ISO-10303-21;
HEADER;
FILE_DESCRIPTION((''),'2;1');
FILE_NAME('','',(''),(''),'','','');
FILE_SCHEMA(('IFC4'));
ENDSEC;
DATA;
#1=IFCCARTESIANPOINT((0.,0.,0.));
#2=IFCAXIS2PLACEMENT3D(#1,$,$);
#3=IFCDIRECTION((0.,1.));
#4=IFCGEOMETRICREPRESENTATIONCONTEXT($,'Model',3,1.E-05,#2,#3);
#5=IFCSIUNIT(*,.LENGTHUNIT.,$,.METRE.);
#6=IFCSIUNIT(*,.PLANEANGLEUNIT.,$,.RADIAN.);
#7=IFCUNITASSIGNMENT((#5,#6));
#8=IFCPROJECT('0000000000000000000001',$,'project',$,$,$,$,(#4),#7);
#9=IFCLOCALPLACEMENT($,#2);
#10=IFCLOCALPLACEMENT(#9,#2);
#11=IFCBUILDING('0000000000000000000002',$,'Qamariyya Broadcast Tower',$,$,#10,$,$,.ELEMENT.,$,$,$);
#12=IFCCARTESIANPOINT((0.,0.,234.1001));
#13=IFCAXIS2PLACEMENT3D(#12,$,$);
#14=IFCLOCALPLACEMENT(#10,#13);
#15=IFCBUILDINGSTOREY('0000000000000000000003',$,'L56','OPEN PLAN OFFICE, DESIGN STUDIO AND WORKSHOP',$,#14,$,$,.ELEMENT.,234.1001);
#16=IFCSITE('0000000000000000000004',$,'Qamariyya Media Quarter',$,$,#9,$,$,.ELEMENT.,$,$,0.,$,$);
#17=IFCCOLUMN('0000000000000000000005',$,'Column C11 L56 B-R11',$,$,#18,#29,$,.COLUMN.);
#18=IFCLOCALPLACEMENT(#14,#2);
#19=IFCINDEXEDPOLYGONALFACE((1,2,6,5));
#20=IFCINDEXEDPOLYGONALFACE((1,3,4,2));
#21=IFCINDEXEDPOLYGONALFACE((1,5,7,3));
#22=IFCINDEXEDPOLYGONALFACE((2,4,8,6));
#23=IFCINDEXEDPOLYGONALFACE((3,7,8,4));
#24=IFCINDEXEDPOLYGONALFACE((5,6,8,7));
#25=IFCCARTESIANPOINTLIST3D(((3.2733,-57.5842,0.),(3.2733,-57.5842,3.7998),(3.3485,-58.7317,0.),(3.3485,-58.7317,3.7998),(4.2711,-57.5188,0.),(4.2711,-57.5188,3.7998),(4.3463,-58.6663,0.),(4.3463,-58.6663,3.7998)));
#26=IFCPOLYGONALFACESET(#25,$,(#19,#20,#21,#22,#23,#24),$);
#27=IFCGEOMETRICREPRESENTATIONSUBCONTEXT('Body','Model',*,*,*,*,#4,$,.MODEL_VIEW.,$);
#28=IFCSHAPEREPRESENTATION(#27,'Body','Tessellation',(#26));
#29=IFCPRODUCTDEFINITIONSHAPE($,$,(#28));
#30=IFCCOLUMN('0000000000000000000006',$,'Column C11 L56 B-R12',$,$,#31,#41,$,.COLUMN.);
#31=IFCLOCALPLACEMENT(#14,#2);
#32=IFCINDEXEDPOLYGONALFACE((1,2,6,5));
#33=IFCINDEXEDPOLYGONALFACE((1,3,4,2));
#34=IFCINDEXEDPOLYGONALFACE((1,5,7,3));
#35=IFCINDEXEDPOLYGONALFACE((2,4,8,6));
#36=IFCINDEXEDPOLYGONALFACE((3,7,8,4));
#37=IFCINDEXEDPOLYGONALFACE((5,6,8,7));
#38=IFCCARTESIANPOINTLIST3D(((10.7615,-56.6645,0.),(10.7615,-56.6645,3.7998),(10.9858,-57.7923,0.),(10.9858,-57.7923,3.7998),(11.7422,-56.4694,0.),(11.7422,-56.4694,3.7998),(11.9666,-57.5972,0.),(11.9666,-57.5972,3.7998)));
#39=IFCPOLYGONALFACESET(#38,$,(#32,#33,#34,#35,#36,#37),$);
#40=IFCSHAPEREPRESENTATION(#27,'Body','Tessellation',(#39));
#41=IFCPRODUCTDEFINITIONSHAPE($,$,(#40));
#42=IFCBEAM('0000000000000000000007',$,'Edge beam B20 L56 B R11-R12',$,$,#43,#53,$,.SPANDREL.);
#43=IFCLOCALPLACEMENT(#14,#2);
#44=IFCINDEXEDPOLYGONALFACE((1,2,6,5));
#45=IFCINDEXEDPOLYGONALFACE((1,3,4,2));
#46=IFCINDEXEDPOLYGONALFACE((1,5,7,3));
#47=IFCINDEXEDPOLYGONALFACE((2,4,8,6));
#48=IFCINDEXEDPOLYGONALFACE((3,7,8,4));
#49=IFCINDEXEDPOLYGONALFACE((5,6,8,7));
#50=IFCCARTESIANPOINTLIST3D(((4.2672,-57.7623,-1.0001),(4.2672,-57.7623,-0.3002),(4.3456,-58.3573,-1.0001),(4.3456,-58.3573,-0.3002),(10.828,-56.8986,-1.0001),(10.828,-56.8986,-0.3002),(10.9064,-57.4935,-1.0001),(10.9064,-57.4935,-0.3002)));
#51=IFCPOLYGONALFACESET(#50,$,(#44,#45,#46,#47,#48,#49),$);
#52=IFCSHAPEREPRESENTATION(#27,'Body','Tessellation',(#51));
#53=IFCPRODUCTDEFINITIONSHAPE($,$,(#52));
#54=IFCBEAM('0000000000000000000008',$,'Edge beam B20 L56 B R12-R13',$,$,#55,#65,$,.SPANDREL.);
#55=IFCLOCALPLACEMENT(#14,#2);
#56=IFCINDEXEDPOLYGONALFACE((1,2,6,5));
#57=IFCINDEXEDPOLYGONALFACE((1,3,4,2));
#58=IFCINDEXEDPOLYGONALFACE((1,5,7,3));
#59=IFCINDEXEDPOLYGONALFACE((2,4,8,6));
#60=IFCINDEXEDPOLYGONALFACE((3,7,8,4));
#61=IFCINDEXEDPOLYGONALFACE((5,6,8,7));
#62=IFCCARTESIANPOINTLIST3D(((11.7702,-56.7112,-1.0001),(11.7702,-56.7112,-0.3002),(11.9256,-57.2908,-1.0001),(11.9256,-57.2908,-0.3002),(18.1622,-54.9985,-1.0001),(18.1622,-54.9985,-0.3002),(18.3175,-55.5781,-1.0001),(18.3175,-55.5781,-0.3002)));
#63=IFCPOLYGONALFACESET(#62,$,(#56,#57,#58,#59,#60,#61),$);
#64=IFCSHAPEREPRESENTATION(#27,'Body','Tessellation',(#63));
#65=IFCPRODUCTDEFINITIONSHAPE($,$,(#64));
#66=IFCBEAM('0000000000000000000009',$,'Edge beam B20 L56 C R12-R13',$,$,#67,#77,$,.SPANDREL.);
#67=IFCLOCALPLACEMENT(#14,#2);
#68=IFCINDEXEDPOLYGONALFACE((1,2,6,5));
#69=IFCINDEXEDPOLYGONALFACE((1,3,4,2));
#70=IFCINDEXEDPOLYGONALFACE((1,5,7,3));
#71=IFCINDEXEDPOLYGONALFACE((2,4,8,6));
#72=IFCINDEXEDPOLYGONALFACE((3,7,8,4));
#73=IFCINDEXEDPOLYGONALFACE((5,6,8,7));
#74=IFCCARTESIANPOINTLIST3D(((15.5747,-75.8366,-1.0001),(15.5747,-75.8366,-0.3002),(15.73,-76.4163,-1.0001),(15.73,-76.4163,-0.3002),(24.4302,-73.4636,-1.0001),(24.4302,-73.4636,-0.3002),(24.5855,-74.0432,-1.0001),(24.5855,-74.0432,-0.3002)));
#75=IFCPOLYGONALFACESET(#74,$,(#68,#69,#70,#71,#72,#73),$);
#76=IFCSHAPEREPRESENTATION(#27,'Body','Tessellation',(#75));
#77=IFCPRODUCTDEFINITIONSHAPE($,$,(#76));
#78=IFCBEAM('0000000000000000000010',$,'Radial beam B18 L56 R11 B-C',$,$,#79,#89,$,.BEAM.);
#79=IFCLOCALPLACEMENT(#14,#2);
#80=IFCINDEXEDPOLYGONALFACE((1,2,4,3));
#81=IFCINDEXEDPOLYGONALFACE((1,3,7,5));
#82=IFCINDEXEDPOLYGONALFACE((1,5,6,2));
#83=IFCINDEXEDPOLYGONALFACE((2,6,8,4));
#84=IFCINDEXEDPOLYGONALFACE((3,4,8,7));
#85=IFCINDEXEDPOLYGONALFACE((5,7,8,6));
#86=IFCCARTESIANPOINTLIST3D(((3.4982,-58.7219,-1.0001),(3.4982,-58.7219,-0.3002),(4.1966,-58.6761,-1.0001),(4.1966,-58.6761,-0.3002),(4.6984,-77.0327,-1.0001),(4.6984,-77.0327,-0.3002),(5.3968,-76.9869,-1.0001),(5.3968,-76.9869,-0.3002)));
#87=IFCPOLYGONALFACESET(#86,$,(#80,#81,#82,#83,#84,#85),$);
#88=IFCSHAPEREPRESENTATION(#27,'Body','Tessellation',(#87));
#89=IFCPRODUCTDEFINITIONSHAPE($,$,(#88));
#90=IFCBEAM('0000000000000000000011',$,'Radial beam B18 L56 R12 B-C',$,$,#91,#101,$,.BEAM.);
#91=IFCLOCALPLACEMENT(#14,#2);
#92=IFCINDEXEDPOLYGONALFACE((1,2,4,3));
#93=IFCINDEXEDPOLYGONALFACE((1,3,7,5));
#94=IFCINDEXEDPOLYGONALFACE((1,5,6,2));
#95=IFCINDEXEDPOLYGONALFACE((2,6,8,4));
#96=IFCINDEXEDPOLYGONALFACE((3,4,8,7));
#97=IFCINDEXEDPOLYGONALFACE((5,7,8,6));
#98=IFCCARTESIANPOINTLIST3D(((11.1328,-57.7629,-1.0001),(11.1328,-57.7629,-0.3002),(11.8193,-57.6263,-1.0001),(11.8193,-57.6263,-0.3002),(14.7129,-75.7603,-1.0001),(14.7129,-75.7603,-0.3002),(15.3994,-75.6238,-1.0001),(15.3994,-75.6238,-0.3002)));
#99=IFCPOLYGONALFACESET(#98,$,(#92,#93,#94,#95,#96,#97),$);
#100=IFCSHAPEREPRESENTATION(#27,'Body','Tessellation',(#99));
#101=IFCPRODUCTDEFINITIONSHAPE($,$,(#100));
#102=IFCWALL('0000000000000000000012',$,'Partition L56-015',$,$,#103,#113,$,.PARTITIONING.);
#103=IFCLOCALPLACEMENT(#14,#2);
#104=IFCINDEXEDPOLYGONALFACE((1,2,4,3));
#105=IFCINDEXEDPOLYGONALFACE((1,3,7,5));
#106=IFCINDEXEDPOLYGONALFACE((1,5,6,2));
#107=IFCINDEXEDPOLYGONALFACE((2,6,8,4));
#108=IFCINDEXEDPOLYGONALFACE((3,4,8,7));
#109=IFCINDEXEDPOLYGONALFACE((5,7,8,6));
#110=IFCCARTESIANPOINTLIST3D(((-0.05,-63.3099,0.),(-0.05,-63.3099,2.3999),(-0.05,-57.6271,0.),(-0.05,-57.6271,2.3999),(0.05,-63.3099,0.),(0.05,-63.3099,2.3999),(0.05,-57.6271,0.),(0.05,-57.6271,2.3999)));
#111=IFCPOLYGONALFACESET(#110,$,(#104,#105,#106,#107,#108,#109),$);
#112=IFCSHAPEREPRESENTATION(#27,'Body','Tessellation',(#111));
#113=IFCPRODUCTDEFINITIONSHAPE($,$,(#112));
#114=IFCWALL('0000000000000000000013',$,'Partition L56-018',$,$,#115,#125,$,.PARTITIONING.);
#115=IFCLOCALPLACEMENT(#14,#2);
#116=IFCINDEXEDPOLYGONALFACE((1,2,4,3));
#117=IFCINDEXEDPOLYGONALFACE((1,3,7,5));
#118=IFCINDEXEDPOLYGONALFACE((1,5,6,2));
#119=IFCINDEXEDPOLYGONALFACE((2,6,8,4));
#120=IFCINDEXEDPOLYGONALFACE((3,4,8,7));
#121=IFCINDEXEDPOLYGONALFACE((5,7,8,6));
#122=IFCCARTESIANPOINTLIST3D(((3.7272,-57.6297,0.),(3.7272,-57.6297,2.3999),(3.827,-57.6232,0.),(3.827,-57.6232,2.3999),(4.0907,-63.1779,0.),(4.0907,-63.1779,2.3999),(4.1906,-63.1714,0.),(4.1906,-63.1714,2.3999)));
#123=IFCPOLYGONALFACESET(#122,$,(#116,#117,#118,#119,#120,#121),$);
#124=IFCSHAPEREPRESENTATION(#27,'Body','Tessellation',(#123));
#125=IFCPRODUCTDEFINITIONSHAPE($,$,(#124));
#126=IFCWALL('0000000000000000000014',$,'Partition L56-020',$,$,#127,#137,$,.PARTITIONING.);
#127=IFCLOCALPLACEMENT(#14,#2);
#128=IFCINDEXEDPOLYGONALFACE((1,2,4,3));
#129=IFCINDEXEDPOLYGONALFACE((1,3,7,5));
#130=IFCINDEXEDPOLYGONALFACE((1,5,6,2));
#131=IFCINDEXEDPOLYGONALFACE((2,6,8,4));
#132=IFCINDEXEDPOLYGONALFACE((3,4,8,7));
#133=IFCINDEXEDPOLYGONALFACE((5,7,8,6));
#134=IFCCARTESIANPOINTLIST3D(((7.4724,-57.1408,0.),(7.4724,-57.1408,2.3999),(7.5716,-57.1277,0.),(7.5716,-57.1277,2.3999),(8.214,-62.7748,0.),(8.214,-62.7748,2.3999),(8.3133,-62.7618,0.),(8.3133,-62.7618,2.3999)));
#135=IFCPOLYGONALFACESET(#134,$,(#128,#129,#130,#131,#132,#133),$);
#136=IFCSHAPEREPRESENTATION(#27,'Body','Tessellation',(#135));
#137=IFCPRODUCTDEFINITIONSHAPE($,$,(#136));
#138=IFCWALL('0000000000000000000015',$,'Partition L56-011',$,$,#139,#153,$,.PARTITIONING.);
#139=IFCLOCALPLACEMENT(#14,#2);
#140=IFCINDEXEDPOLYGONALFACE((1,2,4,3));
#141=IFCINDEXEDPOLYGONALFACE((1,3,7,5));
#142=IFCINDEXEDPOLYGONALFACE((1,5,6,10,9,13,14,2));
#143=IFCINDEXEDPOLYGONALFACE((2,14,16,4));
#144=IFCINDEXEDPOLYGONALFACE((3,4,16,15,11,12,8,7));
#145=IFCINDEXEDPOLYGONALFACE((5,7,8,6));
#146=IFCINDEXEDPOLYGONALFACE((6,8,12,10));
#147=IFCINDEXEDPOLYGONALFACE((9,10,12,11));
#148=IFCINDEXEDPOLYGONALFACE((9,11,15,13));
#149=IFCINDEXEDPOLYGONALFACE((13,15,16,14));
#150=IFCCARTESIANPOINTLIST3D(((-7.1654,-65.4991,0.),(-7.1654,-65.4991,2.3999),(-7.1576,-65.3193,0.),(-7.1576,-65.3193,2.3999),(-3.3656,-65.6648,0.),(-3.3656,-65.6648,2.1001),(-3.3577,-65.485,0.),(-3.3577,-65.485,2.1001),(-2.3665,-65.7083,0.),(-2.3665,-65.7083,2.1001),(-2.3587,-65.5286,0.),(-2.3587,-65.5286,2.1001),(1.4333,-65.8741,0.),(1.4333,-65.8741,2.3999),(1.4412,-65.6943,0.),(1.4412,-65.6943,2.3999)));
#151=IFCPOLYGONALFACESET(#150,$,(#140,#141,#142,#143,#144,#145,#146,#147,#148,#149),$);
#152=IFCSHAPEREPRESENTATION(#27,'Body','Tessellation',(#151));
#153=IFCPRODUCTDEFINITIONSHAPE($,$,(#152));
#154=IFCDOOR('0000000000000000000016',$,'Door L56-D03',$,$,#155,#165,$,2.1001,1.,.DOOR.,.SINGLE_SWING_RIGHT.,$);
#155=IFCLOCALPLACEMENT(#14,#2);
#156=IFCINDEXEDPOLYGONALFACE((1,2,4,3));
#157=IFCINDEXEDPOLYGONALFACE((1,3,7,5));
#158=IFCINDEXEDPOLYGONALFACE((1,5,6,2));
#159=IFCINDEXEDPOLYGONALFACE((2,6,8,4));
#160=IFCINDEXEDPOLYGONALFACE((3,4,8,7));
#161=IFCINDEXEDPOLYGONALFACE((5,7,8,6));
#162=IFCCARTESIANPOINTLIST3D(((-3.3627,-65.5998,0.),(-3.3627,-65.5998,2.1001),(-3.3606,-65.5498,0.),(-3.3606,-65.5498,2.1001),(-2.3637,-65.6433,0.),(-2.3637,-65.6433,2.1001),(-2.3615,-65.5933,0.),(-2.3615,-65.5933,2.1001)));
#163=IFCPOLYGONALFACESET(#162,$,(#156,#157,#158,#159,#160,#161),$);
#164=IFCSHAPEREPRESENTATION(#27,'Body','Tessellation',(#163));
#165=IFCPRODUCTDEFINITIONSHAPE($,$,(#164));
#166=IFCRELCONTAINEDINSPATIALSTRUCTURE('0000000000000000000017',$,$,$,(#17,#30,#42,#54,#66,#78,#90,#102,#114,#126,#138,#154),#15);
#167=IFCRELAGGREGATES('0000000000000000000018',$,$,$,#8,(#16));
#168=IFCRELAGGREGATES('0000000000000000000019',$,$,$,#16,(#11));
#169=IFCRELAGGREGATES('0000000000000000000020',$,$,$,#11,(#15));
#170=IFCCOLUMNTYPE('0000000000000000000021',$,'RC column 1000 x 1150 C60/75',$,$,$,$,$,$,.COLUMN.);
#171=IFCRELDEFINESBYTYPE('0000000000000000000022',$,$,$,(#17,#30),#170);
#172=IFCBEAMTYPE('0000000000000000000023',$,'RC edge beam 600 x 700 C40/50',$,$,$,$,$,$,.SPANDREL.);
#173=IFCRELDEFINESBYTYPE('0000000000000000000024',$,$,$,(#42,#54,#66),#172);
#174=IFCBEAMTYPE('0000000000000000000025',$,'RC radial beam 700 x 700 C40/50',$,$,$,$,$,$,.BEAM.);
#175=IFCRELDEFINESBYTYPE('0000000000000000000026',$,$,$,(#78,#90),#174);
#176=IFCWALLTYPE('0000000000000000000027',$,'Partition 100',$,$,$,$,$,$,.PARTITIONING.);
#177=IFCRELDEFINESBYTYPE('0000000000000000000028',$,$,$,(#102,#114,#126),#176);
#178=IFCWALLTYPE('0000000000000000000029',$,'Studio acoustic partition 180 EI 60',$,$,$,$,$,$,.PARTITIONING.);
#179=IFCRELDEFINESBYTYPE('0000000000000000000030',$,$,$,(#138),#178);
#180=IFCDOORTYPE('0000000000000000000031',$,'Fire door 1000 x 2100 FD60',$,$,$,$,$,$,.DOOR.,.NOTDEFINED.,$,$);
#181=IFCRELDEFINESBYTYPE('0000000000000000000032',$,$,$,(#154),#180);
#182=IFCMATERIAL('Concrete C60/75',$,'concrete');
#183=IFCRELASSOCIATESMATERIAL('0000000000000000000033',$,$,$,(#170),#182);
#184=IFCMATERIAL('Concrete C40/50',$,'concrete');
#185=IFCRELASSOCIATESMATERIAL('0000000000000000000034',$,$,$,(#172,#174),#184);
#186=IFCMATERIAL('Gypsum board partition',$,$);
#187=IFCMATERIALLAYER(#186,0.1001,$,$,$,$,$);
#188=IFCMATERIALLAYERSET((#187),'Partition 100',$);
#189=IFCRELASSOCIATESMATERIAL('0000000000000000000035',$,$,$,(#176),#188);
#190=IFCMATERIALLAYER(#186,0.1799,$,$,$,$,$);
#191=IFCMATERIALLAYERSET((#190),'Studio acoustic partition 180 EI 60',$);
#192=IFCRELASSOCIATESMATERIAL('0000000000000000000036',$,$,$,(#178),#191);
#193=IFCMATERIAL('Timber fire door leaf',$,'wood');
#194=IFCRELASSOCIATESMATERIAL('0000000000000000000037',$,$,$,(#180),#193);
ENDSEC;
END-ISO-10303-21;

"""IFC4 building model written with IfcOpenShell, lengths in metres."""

from ifc_helpers import new_model, si_unit, direction, frame, frame_2d, origin, origin_2d, place, context, subcontext, project, spatial, rectangle, extrude, material, layer, layer_set, material_profile, profile_set, type_object, element, fill, save


model = new_model("IFC4")

# Units and contexts
model_context = context("Model", 3, precision=1e-05, world=origin(), true_north=direction((0.0, 1.0)))
body_context = subcontext(model_context, "Body", "Model", "MODEL_VIEW")
ifc_project = project(units=[si_unit("LENGTHUNIT", "METRE"), si_unit("PLANEANGLEUNIT", "RADIAN")], contexts=[model_context])

# Site, building, storey
site_placement = place(None, origin())
site = spatial("IfcSite", under=ifc_project, at=site_placement, Name="Qamariyya Media Quarter", CompositionType="ELEMENT", RefElevation=0.0)
building_placement = place(site_placement, origin())
building = spatial("IfcBuilding", under=site, at=building_placement, Name="Qamariyya Broadcast Tower", CompositionType="ELEMENT")
storey_placement = place(building_placement, frame((0.0, 0.0, 234.1001)))
storey = spatial("IfcBuildingStorey", under=building, at=storey_placement, Name="L56", Description="OPEN PLAN OFFICE, DESIGN STUDIO AND WORKSHOP", CompositionType="ELEMENT", Elevation=234.1001)

# Columns
ifc_material_1 = material(Name="Concrete C60/75", Category="concrete")
ifc_material_profile_1 = material_profile(ifc_material_1, rectangle(XDim=1.0, YDim=1.1499, at=origin_2d()))
ifc_profile_set_1 = profile_set([ifc_material_profile_1], Name="Concrete C60/75")
column_type = type_object("IfcColumnType", Name="RC column 1000 x 1150 C60/75", PredefinedType="COLUMN", material=ifc_profile_set_1)
for number, where, z_axis, x_axis, name in (
    (1, (3.8098, -58.1252, 0.0), (0.0, 0.0, 1.0), (0.997859, 0.065403, 0.0), "Column C11 L56 B-R11"),
    (2, (11.364, -57.1309, 0.0), (0.0, 0.0, 1.0), (0.980785, 0.19509, 0.0), "Column C11 L56 B-R12"),
):
    element("IfcColumn", number, at=place(storey_placement, frame(where, z_axis=z_axis, x_axis=x_axis)), inside=storey, type_object=column_type, Name=name, PredefinedType="COLUMN", context=body_context, shape_type="SweptSolid", body=[
        extrude(rectangle(XDim=1.0, YDim=1.1499, at=origin_2d()), origin(), (0.0, 0.0, 1.0), 3.7998),
    ])

# Beams
ifc_material_2 = material(Name="Concrete C40/50", Category="concrete")
ifc_material_profile_2 = material_profile(ifc_material_2, rectangle(XDim=0.6001, YDim=0.7, at=origin_2d()))
ifc_profile_set_2 = profile_set([ifc_material_profile_2], Name="Concrete C40/50")
beam_type_1 = type_object("IfcBeamType", Name="RC edge beam 600 x 700 C40/50", PredefinedType="SPANDREL", material=ifc_profile_set_2)
for number, where, z_axis, x_axis, name in (
    (3, (4.3064, -58.0598, -0.6501), (0.991444, 0.13053, 0.0), (-0.13053, 0.991444, 0.0), "Edge beam B20 L56 B R11-R12"),
    (4, (11.8479, -57.001, -0.6501), (0.965927, 0.258813, 0.0), (-0.258813, 0.965927, 0.0), "Edge beam B20 L56 B R12-R13"),
):
    element("IfcBeam", number, at=place(storey_placement, frame(where, z_axis=z_axis, x_axis=x_axis)), inside=storey, type_object=beam_type_1, Name=name, PredefinedType="SPANDREL", context=body_context, shape_type="SweptSolid", body=[
        extrude(rectangle(XDim=0.6001, YDim=0.7, at=origin_2d()), origin(), (0.0, 0.0, 1.0), 6.6174),
    ])
beam_placement = place(storey_placement, frame((15.6523, -76.1265, -0.6501), z_axis=(0.96592, 0.258843, 0.0), x_axis=(-0.258843, 0.96592, 0.0)))
element("IfcBeam", 5, at=beam_placement, inside=storey, type_object=beam_type_1, Name="Edge beam B20 L56 C R12-R13", PredefinedType="SPANDREL", context=body_context, shape_type="SweptSolid", body=[
    extrude(rectangle(XDim=0.6001, YDim=0.7, at=origin_2d()), origin(), (0.0, 0.0, 1.0), 9.168),
])
ifc_material_profile_3 = material_profile(ifc_material_2, rectangle(XDim=0.7, YDim=0.7, at=origin_2d()))
ifc_profile_set_3 = profile_set([ifc_material_profile_3], Name="Concrete C40/50")
beam_type_2 = type_object("IfcBeamType", Name="RC radial beam 700 x 700 C40/50", PredefinedType="BEAM", material=ifc_profile_set_3)
for number, where, z_axis, x_axis, name in (
    (6, (3.8474, -58.699, -0.6501), (0.065405, -0.997859, 0.0), (0.997859, 0.065405, 0.0), "Radial beam B18 L56 R11 B-C"),
    (7, (11.4761, -57.6946, -0.6501), (0.195098, -0.980784, 0.0), (0.980784, 0.195098, 0.0), "Radial beam B18 L56 R12 B-C"),
):
    element("IfcBeam", number, at=place(storey_placement, frame(where, z_axis=z_axis, x_axis=x_axis)), inside=storey, type_object=beam_type_2, Name=name, PredefinedType="BEAM", context=body_context, shape_type="SweptSolid", body=[
        extrude(rectangle(XDim=0.7, YDim=0.7, at=origin_2d()), origin(), (0.0, 0.0, 1.0), 18.3501),
    ])

# Walls
ifc_material_3 = material(Name="Gypsum board partition")
ifc_layer_1 = layer(ifc_material_3, 0.1001)
ifc_layer_set_1 = layer_set([ifc_layer_1], Name="Partition 100")
wall_type_1 = type_object("IfcWallType", Name="Partition 100", PredefinedType="PARTITIONING", material=ifc_layer_set_1)
wall_1_placement = place(storey_placement, frame((0.0, -57.6272, 0.0), z_axis=(0.0, 0.0, 1.0), x_axis=(0.0, -1.0, 0.0)))
element("IfcWall", 8, at=wall_1_placement, inside=storey, type_object=wall_type_1, Name="Partition L56-015", PredefinedType="PARTITIONING", context=body_context, shape_type="SweptSolid", body=[
    extrude(rectangle(XDim=5.6829, YDim=0.1001, at=frame_2d((2.8413, 0.0))), origin(), (0.0, 0.0, 1.0), 2.3999),
])
wall_2_placement = place(storey_placement, frame((3.7771, -57.6265, 0.0), z_axis=(0.0, 0.0, 1.0), x_axis=(0.065382, -0.99786, 0.0)))
element("IfcWall", 9, at=wall_2_placement, inside=storey, type_object=wall_type_1, Name="Partition L56-018", PredefinedType="PARTITIONING", context=body_context, shape_type="SweptSolid", body=[
    extrude(rectangle(XDim=5.5601, YDim=0.1001, at=frame_2d((2.78, 0.0))), origin(), (0.0, 0.0, 1.0), 2.3999),
])
wall_3_placement = place(storey_placement, frame((7.522, -57.1343, 0.0), z_axis=(0.0, 0.0, 1.0), x_axis=(0.13052, -0.991446, 0.0)))
element("IfcWall", 10, at=wall_3_placement, inside=storey, type_object=wall_type_1, Name="Partition L56-020", PredefinedType="PARTITIONING", context=body_context, shape_type="SweptSolid", body=[
    extrude(rectangle(XDim=5.6826, YDim=0.1001, at=frame_2d((2.8413, 0.0))), origin(), (0.0, 0.0, 1.0), 2.3999),
])

# Wall, opening, door
ifc_layer_2 = layer(ifc_material_3, 0.1799)
ifc_layer_set_2 = layer_set([ifc_layer_2], Name="Studio acoustic partition 180 EI 60")
wall_type_2 = type_object("IfcWallType", Name="Studio acoustic partition 180 EI 60", PredefinedType="PARTITIONING", material=ifc_layer_set_2)
wall_4_placement = place(storey_placement, frame((1.4373, -65.7842, 0.0), z_axis=(0.0, 0.0, 1.0), x_axis=(-0.99905, 0.043569, 0.0)))
wall_4 = element("IfcWall", 11, at=wall_4_placement, inside=storey, type_object=wall_type_2, Name="Partition L56-011", PredefinedType="PARTITIONING", context=body_context, shape_type="SweptSolid", body=[
    extrude(rectangle(XDim=8.6069, YDim=0.1799, at=frame_2d((4.3035, 0.0))), origin(), (0.0, 0.0, 1.0), 2.3999),
])
opening_1_placement = place(wall_4_placement, frame((3.8035, 0.0, 0.0)))
opening_1 = element("IfcOpeningElement", 12, at=opening_1_placement, cuts=wall_4, PredefinedType="OPENING", context=body_context, shape_type="SweptSolid", body=[
    extrude(rectangle(XDim=1.0, YDim=2.1001, at=frame_2d((0.5, 1.05))), frame((0.0, 0.0999, 0.0), z_axis=(0.0, -1.0, 0.0), x_axis=(1.0, 0.0, 0.0)), (0.0, 0.0, 1.0), 0.2),
])
ifc_material_4 = material(Name="Timber fire door leaf", Category="wood")
door_type_1 = type_object("IfcDoorType", Name="Fire door 1000 x 2100 FD60", OperationType="NOTDEFINED", PredefinedType="DOOR", material=ifc_material_4)
door_1_placement = place(opening_1_placement, origin())
door_1 = element("IfcDoor", 13, at=door_1_placement, inside=storey, type_object=door_type_1, Name="Door L56-D03", OperationType="SINGLE_SWING_RIGHT", OverallHeight=2.1001, OverallWidth=1.0, PredefinedType="DOOR", context=body_context, shape_type="SweptSolid", body=[
    extrude(rectangle(XDim=1.0, YDim=2.1001, at=frame_2d((0.5, 1.05))), frame((0.0, 0.0249, 0.0), z_axis=(0.0, -1.0, 0.0), x_axis=(1.0, 0.0, 0.0)), (0.0, 0.0, 1.0), 0.05),
])
fill(opening_1, door_1)

save(model, "model.ifc")
